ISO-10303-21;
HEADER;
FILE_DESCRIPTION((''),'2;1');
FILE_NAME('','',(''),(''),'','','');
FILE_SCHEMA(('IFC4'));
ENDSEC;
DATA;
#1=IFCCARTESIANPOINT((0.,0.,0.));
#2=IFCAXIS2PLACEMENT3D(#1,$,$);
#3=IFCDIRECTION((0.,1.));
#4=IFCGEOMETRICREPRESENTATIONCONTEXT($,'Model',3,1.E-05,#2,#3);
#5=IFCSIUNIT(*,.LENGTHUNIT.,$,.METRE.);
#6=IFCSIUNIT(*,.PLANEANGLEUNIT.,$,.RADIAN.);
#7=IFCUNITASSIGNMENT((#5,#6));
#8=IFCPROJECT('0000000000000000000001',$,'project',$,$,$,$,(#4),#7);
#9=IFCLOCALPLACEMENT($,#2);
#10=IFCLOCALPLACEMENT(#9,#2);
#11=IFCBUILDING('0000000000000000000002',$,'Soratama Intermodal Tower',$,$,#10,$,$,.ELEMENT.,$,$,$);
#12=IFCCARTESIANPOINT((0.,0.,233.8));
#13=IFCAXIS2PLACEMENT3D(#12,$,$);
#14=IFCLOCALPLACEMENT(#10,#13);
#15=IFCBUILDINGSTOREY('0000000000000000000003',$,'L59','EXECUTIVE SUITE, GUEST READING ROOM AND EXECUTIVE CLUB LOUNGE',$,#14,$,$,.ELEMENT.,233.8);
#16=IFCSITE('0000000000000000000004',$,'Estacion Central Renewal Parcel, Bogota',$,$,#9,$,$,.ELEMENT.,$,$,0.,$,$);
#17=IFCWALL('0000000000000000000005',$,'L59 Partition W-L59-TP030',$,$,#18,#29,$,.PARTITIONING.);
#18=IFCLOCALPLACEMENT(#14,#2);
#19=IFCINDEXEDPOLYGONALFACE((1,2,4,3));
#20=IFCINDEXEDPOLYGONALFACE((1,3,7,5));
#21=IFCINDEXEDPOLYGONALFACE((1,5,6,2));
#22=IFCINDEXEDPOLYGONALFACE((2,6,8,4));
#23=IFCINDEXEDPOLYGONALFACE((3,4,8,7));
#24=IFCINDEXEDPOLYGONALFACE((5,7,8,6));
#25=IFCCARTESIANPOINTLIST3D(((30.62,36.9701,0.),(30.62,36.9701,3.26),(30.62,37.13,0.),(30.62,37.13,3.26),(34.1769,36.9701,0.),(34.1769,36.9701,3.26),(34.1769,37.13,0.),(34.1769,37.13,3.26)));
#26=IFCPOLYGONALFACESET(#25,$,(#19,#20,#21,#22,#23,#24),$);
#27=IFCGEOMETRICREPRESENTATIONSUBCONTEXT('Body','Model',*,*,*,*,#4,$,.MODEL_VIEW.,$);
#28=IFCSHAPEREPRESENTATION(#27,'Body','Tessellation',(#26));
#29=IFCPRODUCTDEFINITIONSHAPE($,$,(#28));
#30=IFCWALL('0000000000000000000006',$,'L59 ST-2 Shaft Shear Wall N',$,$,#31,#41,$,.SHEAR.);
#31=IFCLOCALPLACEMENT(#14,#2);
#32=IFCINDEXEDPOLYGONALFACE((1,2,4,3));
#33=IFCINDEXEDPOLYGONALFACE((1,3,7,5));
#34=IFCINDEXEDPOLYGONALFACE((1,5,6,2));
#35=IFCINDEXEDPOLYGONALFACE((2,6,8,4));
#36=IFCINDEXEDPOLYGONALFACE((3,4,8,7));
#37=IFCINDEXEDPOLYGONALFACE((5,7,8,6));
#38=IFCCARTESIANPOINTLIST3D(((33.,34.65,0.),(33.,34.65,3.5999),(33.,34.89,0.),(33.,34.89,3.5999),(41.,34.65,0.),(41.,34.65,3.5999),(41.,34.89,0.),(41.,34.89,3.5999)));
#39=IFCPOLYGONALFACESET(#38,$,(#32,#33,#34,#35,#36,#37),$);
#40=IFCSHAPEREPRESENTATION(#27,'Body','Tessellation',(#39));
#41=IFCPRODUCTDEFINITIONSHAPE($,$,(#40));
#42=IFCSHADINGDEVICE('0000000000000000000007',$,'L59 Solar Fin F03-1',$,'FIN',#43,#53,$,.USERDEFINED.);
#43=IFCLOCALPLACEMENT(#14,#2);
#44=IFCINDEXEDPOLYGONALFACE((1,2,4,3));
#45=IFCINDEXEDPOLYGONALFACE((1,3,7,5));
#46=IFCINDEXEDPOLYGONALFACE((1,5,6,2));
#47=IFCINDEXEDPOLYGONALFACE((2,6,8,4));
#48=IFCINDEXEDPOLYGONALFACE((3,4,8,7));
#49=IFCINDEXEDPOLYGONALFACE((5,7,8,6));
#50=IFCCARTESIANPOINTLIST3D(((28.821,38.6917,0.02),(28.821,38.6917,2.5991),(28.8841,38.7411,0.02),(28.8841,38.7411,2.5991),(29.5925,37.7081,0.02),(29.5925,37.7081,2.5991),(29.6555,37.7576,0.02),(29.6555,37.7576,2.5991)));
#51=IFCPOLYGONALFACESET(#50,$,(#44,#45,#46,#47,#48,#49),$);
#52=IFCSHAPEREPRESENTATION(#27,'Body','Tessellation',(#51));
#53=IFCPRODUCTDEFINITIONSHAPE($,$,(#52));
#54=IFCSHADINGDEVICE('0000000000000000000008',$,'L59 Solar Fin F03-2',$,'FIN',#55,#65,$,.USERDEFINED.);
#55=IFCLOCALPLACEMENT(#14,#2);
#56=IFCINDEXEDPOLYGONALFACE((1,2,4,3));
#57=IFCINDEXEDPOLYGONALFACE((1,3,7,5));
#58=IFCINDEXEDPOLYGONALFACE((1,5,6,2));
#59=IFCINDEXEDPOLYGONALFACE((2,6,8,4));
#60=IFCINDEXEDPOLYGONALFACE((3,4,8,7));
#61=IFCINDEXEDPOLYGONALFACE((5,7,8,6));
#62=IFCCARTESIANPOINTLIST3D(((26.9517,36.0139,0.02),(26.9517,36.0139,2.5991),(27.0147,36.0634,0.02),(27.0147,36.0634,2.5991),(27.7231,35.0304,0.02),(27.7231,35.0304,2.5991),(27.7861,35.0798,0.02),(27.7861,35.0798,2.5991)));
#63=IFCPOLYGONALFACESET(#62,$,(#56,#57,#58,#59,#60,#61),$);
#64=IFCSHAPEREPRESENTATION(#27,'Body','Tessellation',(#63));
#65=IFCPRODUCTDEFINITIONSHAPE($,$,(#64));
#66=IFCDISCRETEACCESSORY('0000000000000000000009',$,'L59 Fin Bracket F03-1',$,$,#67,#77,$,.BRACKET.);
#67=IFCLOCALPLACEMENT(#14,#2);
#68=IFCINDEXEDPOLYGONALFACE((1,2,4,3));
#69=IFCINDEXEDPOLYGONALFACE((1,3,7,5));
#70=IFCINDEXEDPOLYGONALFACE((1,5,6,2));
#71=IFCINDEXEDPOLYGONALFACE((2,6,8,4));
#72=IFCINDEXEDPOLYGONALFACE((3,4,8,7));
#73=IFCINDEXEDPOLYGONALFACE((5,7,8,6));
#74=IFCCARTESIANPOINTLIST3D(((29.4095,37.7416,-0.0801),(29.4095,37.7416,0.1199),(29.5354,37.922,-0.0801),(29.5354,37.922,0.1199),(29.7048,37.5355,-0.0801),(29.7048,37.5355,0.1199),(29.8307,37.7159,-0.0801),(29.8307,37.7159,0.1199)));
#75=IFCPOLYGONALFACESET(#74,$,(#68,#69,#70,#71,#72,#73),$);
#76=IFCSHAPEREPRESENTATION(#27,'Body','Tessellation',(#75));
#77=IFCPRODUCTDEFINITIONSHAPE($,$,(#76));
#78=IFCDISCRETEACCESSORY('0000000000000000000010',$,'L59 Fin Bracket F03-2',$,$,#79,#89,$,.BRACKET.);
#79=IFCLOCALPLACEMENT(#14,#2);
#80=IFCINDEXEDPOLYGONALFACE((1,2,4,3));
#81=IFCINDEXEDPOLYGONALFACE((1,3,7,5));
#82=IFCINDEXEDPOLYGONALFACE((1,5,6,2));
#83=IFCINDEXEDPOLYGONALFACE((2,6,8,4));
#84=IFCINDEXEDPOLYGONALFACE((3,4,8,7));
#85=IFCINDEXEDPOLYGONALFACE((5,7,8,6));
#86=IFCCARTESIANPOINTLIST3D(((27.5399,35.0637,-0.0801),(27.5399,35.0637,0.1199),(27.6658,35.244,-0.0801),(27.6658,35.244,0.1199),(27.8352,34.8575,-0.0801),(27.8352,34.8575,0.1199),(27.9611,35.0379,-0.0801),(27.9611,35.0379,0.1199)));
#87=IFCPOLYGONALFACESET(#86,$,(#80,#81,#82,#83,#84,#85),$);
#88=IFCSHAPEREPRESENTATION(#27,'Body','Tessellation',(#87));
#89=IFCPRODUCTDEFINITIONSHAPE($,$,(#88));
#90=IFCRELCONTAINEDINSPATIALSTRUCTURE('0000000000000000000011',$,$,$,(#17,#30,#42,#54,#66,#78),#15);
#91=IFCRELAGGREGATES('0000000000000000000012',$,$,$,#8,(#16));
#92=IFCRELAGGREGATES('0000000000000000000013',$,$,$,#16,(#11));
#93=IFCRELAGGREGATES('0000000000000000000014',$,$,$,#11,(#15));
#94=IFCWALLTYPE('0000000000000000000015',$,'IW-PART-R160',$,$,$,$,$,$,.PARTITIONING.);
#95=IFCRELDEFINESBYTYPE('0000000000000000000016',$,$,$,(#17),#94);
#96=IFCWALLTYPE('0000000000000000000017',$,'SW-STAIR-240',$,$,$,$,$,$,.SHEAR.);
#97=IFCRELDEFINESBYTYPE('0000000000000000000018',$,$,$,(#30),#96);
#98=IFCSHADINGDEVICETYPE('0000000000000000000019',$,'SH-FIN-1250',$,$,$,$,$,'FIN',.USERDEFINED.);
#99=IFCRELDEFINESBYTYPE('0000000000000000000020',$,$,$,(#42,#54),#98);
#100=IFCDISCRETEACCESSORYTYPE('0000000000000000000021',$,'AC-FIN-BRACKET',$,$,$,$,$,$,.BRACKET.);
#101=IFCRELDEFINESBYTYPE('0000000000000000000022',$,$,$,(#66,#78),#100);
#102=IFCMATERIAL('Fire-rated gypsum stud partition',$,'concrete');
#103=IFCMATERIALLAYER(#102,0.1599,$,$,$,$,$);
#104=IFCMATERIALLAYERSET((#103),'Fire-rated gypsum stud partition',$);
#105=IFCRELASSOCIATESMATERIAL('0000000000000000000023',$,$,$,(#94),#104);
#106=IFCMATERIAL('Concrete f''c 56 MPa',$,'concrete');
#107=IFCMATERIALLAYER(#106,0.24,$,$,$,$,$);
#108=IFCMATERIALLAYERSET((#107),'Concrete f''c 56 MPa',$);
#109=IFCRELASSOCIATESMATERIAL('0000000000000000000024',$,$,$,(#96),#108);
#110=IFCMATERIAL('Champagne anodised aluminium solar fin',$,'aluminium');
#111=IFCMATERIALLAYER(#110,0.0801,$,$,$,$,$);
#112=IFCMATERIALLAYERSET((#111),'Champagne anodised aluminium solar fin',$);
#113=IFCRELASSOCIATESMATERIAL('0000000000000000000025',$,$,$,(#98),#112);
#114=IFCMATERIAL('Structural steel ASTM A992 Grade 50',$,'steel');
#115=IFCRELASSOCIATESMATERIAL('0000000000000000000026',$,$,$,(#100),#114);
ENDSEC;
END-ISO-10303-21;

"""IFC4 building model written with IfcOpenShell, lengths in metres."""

from ifc_helpers import new_model, si_unit, direction, frame, frame_2d, origin, origin_2d, place, context, subcontext, project, spatial, rectangle, extrude, material, layer, layer_set, type_object, element, save


model = new_model("IFC4")

# Units and contexts
model_context = context("Model", 3, precision=1e-05, world=origin(), true_north=direction((0.0, 1.0)))
body_context = subcontext(model_context, "Body", "Model", "MODEL_VIEW")
ifc_project = project(units=[si_unit("LENGTHUNIT", "METRE"), si_unit("PLANEANGLEUNIT", "RADIAN")], contexts=[model_context])

# Site, building, storey
site_placement = place(None, origin())
site = spatial("IfcSite", under=ifc_project, at=site_placement, Name="Estacion Central Renewal Parcel, Bogota", CompositionType="ELEMENT", RefElevation=0.0)
building_placement = place(site_placement, origin())
building = spatial("IfcBuilding", under=site, at=building_placement, Name="Soratama Intermodal Tower", CompositionType="ELEMENT")
storey_placement = place(building_placement, frame((0.0, 0.0, 233.8)))
storey = spatial("IfcBuildingStorey", under=building, at=storey_placement, Name="L59", Description="EXECUTIVE SUITE, GUEST READING ROOM AND EXECUTIVE CLUB LOUNGE", CompositionType="ELEMENT", Elevation=233.8)

# Walls
ifc_material_1 = material(Name="Fire-rated gypsum stud partition", Category="concrete")
ifc_layer_1 = layer(ifc_material_1, 0.1599)
ifc_layer_set_1 = layer_set([ifc_layer_1], Name="Fire-rated gypsum stud partition")
wall_type_1 = type_object("IfcWallType", Name="IW-PART-R160", PredefinedType="PARTITIONING", material=ifc_layer_set_1)
wall_1_placement = place(storey_placement, frame((30.6201, 37.05, 0.0), z_axis=(0.0, 0.0, 1.0), x_axis=(1.0, 0.0, 0.0)))
element("IfcWall", 1, at=wall_1_placement, inside=storey, type_object=wall_type_1, Name="L59 Partition W-L59-TP030", PredefinedType="PARTITIONING", context=body_context, shape_type="SweptSolid", body=[
    extrude(rectangle(XDim=3.5569, YDim=0.1599, at=frame_2d((1.7783, 0.0))), origin(), (0.0, 0.0, 1.0), 3.26),
])
ifc_material_2 = material(Name="Concrete f'c 56 MPa", Category="concrete")
ifc_layer_2 = layer(ifc_material_2, 0.24)
ifc_layer_set_2 = layer_set([ifc_layer_2], Name="Concrete f'c 56 MPa")
wall_type_2 = type_object("IfcWallType", Name="SW-STAIR-240", PredefinedType="SHEAR", material=ifc_layer_set_2)
wall_2_placement = place(storey_placement, frame((33.0, 34.77, 0.0), z_axis=(0.0, 0.0, 1.0), x_axis=(1.0, 0.0, 0.0)))
element("IfcWall", 2, at=wall_2_placement, inside=storey, type_object=wall_type_2, Name="L59 ST-2 Shaft Shear Wall N", PredefinedType="SHEAR", context=body_context, shape_type="SweptSolid", body=[
    extrude(rectangle(XDim=8.0, YDim=0.24, at=frame_2d((4.0, 0.0))), origin(), (0.0, 0.0, 1.0), 3.5999),
])

# Shading devices
ifc_material_3 = material(Name="Champagne anodised aluminium solar fin", Category="aluminium")
ifc_layer_3 = layer(ifc_material_3, 0.0801)
ifc_layer_set_3 = layer_set([ifc_layer_3], Name="Champagne anodised aluminium solar fin")
shading_device_type = type_object("IfcShadingDeviceType", Name="SH-FIN-1250", ElementType="FIN", PredefinedType="USERDEFINED", material=ifc_layer_set_3)
for number, where, z_axis, x_axis, name in (
    (3, (29.2383, 38.2246, 0.02), (0.0, 0.0, 1.0), (-0.617173, 0.786827, 0.0), "L59 Solar Fin F03-1"),
    (4, (27.3689, 35.5469, 0.02), (0.0, 0.0, 1.0), (-0.617173, 0.786827, 0.0), "L59 Solar Fin F03-2"),
):
    element("IfcShadingDevice", number, at=place(storey_placement, frame(where, z_axis=z_axis, x_axis=x_axis)), inside=storey, type_object=shading_device_type, Name=name, ObjectType="FIN", PredefinedType="USERDEFINED", context=body_context, shape_type="SweptSolid", body=[
        extrude(rectangle(XDim=1.25, YDim=0.0801, at=origin_2d()), origin(), (0.0, 0.0, 1.0), 2.5791),
    ])

# Discrete accessories
ifc_material_4 = material(Name="Structural steel ASTM A992 Grade 50", Category="steel")
discrete_accessory_type = type_object("IfcDiscreteAccessoryType", Name="AC-FIN-BRACKET", PredefinedType="BRACKET", material=ifc_material_4)
for number, where, z_axis, x_axis, name in (
    (5, (29.6201, 37.7288, -0.0801), (0.0, 0.0, 1.0), (-0.819952, 0.572432, 0.0), "L59 Fin Bracket F03-1"),
    (6, (27.7505, 35.0508, -0.0801), (0.0, 0.0, 1.0), (-0.819952, 0.572432, 0.0), "L59 Fin Bracket F03-2"),
):
    element("IfcDiscreteAccessory", number, at=place(storey_placement, frame(where, z_axis=z_axis, x_axis=x_axis)), inside=storey, type_object=discrete_accessory_type, Name=name, PredefinedType="BRACKET", context=body_context, shape_type="SweptSolid", body=[
        extrude(rectangle(XDim=0.3601, YDim=0.22, at=origin_2d()), origin(), (0.0, 0.0, 1.0), 0.2),
    ])

save(model, "model.ifc")
